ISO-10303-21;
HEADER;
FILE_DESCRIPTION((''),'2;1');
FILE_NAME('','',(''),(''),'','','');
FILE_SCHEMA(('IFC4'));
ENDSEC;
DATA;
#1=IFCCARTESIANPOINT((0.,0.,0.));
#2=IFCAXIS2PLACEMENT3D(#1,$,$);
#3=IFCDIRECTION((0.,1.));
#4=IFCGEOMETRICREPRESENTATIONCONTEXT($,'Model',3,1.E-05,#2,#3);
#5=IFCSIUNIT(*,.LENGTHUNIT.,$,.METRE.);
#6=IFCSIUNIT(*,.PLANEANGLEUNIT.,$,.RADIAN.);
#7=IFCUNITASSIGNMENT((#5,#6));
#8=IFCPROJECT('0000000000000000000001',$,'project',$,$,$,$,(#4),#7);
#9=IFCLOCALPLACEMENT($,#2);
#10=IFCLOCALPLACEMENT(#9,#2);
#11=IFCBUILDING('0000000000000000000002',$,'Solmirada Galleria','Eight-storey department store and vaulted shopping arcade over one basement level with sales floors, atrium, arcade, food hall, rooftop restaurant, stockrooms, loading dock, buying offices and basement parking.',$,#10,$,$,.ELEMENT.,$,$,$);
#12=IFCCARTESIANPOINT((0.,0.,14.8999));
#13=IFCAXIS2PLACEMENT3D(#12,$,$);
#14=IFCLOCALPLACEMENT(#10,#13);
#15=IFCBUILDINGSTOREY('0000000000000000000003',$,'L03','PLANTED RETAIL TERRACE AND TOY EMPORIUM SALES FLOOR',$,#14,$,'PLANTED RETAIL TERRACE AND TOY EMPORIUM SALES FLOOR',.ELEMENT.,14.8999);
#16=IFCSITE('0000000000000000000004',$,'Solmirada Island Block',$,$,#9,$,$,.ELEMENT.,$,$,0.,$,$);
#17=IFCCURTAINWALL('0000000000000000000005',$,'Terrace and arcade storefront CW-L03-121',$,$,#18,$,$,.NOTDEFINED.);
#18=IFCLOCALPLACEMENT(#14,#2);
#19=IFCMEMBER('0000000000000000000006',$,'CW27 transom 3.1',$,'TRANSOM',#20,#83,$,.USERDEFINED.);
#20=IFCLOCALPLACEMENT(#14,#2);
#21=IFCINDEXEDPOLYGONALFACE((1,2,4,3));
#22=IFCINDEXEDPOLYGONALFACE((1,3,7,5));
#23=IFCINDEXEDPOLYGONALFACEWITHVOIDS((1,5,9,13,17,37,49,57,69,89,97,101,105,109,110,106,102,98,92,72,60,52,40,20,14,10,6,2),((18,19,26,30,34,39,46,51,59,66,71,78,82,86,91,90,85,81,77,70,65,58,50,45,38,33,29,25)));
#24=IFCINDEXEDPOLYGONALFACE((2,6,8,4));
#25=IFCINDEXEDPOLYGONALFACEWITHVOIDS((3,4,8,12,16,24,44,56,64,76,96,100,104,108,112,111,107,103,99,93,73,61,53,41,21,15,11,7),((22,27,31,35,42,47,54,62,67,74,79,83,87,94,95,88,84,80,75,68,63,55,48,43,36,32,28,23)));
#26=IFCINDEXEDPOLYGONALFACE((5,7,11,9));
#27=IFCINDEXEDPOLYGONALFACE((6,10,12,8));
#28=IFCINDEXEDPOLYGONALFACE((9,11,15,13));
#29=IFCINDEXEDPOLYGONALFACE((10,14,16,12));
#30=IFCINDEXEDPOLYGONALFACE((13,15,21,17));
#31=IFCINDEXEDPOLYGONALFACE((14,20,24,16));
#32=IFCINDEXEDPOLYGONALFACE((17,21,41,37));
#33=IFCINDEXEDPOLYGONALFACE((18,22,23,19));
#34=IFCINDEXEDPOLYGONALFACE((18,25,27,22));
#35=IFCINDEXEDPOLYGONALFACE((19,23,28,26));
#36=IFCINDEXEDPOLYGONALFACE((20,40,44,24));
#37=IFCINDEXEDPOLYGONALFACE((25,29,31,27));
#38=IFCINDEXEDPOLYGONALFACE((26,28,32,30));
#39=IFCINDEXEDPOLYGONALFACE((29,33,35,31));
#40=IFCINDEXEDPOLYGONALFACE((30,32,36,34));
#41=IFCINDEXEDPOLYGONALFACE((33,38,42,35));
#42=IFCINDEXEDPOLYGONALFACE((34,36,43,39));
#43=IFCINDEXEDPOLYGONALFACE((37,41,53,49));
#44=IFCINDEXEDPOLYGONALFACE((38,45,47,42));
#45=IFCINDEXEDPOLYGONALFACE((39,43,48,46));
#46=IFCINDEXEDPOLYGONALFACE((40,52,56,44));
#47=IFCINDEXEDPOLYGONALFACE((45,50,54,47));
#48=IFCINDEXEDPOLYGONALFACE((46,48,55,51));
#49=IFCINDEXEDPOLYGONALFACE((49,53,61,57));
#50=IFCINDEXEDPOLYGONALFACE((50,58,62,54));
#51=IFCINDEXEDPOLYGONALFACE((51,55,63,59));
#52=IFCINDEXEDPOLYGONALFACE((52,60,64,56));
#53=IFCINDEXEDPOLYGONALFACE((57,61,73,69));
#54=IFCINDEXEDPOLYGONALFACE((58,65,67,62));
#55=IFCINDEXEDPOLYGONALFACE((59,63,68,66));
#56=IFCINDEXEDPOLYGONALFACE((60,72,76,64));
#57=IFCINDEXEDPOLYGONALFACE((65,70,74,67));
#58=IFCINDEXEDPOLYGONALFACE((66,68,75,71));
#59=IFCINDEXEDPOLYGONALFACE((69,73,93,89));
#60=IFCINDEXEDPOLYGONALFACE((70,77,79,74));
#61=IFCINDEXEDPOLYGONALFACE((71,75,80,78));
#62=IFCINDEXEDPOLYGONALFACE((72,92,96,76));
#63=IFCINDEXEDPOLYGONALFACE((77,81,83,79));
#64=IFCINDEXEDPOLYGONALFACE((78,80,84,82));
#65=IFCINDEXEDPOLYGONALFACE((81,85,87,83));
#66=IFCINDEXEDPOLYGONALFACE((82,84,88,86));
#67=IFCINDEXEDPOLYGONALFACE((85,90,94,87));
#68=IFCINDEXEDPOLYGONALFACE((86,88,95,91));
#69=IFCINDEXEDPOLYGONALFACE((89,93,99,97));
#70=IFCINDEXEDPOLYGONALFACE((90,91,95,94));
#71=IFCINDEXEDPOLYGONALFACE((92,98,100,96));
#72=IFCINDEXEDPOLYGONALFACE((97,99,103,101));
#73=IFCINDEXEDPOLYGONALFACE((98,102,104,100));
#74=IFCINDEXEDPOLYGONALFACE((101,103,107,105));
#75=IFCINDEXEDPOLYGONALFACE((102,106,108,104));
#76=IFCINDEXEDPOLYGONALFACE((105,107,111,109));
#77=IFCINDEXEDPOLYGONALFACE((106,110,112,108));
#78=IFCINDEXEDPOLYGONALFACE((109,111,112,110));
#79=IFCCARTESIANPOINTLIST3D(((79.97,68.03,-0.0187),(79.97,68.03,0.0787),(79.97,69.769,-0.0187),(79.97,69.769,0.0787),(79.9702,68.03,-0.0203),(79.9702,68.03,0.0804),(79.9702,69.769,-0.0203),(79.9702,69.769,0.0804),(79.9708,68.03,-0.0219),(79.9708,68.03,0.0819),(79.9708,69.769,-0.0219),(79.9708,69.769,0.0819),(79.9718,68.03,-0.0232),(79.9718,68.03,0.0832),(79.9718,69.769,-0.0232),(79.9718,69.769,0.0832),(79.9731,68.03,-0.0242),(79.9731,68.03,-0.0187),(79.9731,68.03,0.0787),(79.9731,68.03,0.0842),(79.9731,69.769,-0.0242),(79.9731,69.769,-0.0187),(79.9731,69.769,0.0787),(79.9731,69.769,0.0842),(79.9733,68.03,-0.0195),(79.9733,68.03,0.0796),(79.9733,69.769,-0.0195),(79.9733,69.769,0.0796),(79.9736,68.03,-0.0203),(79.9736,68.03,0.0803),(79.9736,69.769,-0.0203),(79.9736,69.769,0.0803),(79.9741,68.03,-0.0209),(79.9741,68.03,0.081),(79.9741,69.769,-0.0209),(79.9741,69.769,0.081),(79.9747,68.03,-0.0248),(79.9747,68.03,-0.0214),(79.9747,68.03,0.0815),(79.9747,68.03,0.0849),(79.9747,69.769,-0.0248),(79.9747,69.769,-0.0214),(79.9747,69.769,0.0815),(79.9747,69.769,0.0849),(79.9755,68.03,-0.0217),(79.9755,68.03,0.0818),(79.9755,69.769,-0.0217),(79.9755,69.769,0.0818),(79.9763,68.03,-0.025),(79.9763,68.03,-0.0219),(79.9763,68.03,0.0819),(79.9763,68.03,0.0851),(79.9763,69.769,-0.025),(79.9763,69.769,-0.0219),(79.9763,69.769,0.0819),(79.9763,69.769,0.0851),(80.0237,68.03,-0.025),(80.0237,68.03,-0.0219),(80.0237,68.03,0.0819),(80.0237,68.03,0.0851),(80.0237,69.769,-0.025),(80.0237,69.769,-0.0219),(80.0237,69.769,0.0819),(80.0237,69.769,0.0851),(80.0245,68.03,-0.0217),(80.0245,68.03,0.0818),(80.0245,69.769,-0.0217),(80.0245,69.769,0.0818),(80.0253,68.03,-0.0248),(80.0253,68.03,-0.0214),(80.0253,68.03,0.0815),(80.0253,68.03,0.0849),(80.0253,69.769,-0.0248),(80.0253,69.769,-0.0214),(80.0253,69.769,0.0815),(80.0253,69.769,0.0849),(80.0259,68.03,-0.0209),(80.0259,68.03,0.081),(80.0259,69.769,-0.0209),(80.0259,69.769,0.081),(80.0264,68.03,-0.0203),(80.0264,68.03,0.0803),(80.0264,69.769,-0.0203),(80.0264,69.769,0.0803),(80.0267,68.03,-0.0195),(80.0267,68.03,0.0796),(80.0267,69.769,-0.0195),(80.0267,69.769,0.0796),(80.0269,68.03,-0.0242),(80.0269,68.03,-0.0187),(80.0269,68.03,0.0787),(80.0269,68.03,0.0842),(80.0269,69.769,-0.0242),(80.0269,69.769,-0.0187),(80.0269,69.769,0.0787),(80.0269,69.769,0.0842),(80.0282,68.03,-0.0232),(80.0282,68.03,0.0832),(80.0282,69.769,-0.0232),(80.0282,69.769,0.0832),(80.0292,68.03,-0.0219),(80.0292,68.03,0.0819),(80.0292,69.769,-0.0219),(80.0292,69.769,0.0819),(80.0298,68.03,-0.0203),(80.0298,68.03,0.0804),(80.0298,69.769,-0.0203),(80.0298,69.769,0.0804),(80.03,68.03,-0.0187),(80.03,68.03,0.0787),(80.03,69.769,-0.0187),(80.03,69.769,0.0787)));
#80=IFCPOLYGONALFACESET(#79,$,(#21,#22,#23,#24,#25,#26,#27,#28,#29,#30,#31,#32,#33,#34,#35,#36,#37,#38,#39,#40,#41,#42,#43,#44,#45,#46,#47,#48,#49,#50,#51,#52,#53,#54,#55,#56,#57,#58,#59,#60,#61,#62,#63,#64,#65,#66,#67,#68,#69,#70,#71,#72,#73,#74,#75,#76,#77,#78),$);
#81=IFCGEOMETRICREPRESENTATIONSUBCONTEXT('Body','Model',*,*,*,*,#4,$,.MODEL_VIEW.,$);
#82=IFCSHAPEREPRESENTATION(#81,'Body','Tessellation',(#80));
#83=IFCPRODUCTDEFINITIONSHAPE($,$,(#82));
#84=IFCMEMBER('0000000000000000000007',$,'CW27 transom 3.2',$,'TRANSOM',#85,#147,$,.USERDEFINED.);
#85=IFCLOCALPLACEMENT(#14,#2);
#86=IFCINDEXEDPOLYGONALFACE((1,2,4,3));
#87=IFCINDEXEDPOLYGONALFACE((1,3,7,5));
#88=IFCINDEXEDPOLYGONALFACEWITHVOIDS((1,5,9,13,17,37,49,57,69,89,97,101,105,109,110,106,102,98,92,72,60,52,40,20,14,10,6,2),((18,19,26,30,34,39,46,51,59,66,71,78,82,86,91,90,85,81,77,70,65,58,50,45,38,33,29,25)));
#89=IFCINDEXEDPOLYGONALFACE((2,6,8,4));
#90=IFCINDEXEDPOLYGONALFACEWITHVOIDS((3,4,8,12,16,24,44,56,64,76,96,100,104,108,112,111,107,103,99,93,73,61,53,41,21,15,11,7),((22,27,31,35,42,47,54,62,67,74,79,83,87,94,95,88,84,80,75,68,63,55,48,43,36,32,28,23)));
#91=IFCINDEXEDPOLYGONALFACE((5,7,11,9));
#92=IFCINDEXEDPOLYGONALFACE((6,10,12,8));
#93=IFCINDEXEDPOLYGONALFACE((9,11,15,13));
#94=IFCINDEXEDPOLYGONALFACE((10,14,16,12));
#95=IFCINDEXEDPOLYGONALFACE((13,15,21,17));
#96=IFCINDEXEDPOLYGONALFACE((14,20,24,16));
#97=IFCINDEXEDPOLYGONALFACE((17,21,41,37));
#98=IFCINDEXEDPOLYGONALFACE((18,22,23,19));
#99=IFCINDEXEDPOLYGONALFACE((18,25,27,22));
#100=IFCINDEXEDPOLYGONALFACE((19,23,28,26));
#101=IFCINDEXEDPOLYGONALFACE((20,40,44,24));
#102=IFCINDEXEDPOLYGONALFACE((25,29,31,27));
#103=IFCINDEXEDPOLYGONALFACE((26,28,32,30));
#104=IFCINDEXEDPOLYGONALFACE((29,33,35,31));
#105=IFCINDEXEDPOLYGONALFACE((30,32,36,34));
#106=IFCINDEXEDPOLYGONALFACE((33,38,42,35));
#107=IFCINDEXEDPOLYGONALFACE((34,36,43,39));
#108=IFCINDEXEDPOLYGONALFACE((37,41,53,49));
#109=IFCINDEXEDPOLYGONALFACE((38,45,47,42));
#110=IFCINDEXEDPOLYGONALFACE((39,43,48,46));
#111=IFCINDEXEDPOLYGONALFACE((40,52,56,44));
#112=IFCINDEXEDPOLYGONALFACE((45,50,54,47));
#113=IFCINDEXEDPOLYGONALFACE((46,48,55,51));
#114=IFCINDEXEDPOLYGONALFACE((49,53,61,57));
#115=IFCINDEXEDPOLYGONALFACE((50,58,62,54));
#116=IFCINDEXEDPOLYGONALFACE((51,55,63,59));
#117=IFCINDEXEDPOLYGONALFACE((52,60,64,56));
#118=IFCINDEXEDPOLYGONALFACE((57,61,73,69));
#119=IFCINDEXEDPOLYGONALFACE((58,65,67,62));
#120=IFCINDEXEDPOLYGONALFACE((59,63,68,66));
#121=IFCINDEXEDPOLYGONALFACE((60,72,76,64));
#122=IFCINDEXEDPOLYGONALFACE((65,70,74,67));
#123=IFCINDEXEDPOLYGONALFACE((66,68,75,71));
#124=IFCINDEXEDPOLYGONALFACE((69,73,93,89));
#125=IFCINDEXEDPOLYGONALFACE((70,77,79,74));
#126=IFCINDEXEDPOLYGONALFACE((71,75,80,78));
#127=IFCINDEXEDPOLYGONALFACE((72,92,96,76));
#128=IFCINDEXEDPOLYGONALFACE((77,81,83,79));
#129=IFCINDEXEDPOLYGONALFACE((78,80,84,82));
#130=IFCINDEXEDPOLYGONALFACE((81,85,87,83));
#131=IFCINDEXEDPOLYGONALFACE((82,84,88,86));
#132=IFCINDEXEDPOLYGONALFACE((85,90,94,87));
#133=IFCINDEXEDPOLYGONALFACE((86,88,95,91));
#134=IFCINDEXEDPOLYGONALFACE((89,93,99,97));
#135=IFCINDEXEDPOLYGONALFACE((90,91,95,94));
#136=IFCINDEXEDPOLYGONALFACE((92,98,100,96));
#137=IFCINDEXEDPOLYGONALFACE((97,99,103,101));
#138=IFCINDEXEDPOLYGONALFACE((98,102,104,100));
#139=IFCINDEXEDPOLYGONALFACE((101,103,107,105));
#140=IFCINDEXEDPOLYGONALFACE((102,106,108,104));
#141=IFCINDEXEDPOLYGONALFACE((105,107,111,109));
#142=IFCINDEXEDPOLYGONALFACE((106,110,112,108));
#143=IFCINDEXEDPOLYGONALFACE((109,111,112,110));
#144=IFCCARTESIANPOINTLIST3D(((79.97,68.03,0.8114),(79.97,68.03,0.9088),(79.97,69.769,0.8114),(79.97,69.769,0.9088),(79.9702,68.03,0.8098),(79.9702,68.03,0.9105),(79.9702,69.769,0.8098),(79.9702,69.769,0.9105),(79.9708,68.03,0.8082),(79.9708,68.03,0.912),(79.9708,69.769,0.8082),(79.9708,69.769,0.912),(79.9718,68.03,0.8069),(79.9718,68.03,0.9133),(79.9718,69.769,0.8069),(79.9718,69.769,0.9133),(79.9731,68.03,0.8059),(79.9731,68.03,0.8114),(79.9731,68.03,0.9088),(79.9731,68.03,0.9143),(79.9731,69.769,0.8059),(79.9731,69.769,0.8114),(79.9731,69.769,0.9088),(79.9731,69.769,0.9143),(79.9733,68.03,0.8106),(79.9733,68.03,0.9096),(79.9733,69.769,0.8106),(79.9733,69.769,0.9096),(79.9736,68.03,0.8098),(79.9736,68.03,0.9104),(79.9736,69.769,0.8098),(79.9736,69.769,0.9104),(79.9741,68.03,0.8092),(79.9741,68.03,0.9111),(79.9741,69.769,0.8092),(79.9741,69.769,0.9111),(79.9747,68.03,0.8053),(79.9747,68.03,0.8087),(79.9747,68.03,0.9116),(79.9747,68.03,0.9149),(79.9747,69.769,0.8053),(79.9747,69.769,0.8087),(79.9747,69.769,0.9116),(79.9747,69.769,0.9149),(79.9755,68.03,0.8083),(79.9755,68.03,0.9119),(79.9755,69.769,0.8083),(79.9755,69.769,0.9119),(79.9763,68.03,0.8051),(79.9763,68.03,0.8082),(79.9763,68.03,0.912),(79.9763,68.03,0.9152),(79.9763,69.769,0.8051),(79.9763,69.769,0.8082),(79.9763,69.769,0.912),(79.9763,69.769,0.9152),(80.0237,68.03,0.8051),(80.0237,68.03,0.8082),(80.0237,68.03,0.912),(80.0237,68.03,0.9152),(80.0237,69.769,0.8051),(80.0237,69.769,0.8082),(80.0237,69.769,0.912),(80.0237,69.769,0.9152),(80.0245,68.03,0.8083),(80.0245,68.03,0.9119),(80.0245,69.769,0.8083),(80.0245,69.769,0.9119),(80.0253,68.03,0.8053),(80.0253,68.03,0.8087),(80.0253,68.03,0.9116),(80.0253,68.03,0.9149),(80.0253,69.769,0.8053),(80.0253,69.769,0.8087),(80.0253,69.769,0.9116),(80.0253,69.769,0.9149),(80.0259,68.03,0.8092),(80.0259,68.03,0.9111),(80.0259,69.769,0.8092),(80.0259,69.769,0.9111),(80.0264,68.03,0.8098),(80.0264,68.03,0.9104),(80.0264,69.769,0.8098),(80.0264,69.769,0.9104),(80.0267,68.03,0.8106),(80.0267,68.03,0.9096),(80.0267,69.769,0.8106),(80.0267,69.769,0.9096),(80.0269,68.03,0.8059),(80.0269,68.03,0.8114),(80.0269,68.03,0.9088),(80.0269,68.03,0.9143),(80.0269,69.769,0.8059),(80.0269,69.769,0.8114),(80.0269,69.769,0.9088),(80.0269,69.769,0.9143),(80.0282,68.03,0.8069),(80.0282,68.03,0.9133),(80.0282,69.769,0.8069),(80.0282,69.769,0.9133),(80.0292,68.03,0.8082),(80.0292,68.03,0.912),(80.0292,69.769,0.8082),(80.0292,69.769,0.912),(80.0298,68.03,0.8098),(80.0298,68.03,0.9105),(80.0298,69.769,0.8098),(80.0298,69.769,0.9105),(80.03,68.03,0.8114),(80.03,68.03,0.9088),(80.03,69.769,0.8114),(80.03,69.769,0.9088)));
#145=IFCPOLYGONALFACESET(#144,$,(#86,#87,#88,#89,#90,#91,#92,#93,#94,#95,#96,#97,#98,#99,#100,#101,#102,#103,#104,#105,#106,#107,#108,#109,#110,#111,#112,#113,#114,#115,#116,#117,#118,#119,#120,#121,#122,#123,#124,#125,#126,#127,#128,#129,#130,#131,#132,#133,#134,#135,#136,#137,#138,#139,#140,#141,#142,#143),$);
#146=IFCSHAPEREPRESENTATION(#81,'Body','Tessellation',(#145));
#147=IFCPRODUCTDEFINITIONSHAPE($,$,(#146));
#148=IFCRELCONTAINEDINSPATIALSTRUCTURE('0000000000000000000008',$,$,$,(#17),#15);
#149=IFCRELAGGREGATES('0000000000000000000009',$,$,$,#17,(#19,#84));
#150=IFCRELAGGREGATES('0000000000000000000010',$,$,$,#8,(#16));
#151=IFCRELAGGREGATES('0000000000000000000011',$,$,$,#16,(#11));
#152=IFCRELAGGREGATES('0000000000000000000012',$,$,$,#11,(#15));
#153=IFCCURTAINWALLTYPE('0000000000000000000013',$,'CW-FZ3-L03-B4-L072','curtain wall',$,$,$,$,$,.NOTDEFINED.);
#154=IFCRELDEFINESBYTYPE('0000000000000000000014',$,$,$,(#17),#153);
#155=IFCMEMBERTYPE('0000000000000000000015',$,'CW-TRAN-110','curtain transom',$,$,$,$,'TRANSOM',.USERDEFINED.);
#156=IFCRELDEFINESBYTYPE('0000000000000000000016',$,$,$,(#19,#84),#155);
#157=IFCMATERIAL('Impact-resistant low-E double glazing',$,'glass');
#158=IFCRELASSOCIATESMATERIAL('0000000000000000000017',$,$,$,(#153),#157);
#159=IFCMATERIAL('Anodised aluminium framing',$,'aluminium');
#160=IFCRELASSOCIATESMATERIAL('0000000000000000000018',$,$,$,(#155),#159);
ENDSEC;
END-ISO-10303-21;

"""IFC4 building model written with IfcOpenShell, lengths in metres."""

from ifc_helpers import new_model, si_unit, direction, frame, origin, origin_2d, place, context, subcontext, project, spatial, hollow_rectangle, extrude, material, material_profile, profile_set, type_object, element, aggregate, save


model = new_model("IFC4")

# Units and contexts
model_context = context("Model", 3, precision=1e-05, world=origin(), true_north=direction((0.0, 1.0)))
body_context = subcontext(model_context, "Body", "Model", "MODEL_VIEW")
ifc_project = project(units=[si_unit("LENGTHUNIT", "METRE"), si_unit("PLANEANGLEUNIT", "RADIAN")], contexts=[model_context])

# Site, building, storey
site_placement = place(None, origin())
site = spatial("IfcSite", under=ifc_project, at=site_placement, Name="Solmirada Island Block", CompositionType="ELEMENT", RefElevation=0.0)
building_placement = place(site_placement, origin())
building = spatial("IfcBuilding", under=site, at=building_placement, Name="Solmirada Galleria", Description="Eight-storey department store and vaulted shopping arcade over one basement level with sales floors, atrium, arcade, food hall, rooftop restaurant, stockrooms, loading dock, buying offices and basement parking.", CompositionType="ELEMENT")
storey_placement = place(building_placement, frame((0.0, 0.0, 14.8999)))
storey = spatial("IfcBuildingStorey", under=building, at=storey_placement, Name="L03", Description="PLANTED RETAIL TERRACE AND TOY EMPORIUM SALES FLOOR", LongName="PLANTED RETAIL TERRACE AND TOY EMPORIUM SALES FLOOR", CompositionType="ELEMENT", Elevation=14.8999)

# Curtain wall, members
ifc_material_1 = material(Name="Impact-resistant low-E double glazing", Category="glass")
curtain_wall_type = type_object("IfcCurtainWallType", Name="CW-FZ3-L03-B4-L072", Description="curtain wall", PredefinedType="NOTDEFINED", material=ifc_material_1)
curtain_wall_placement = place(storey_placement, origin())
curtain_wall = element("IfcCurtainWall", 1, at=curtain_wall_placement, inside=storey, type_object=curtain_wall_type, Name="Terrace and arcade storefront CW-L03-121", PredefinedType="NOTDEFINED")
ifc_material_2 = material(Name="Anodised aluminium framing", Category="aluminium")
ifc_material_profile_1 = material_profile(ifc_material_2, hollow_rectangle(XDim=0.0601, YDim=0.1101, WallThickness=0.0032, InnerFilletRadius=0.0032, OuterFilletRadius=0.0063, at=origin_2d()), Name="ALU-TRAN-110X60")
ifc_profile_set_1 = profile_set([ifc_material_profile_1], Name="Anodised aluminium framing")
member_type_1 = type_object("IfcMemberType", Name="CW-TRAN-110", Description="curtain transom", ElementType="TRANSOM", PredefinedType="USERDEFINED", material=ifc_profile_set_1)
member_1_placement = place(storey_placement, frame((80.0, 68.03, 0.03), z_axis=(0.0, 1.0, 0.0), x_axis=(-1.0, 0.0, 0.0)))
member_1 = element("IfcMember", 2, at=member_1_placement, type_object=member_type_1, Name="CW27 transom 3.1", ObjectType="TRANSOM", PredefinedType="USERDEFINED", context=body_context, shape_type="SweptSolid", body=[
    extrude(hollow_rectangle(XDim=0.0601, YDim=0.1101, WallThickness=0.0032, InnerFilletRadius=0.0032, OuterFilletRadius=0.0063, at=origin_2d()), origin(), (0.0, 0.0, 1.0), 1.739),
])
member_2_placement = place(storey_placement, frame((80.0, 68.03, 0.8601), z_axis=(0.0, 1.0, 0.0), x_axis=(-1.0, 0.0, 0.0)))
member_2 = element("IfcMember", 3, at=member_2_placement, type_object=member_type_1, Name="CW27 transom 3.2", ObjectType="TRANSOM", PredefinedType="USERDEFINED", context=body_context, shape_type="SweptSolid", body=[
    extrude(hollow_rectangle(XDim=0.0601, YDim=0.1101, WallThickness=0.0032, InnerFilletRadius=0.0032, OuterFilletRadius=0.0063, at=origin_2d()), origin(), (0.0, 0.0, 1.0), 1.739),
])
aggregate(curtain_wall, [member_1, member_2])

save(model, "model.ifc")
